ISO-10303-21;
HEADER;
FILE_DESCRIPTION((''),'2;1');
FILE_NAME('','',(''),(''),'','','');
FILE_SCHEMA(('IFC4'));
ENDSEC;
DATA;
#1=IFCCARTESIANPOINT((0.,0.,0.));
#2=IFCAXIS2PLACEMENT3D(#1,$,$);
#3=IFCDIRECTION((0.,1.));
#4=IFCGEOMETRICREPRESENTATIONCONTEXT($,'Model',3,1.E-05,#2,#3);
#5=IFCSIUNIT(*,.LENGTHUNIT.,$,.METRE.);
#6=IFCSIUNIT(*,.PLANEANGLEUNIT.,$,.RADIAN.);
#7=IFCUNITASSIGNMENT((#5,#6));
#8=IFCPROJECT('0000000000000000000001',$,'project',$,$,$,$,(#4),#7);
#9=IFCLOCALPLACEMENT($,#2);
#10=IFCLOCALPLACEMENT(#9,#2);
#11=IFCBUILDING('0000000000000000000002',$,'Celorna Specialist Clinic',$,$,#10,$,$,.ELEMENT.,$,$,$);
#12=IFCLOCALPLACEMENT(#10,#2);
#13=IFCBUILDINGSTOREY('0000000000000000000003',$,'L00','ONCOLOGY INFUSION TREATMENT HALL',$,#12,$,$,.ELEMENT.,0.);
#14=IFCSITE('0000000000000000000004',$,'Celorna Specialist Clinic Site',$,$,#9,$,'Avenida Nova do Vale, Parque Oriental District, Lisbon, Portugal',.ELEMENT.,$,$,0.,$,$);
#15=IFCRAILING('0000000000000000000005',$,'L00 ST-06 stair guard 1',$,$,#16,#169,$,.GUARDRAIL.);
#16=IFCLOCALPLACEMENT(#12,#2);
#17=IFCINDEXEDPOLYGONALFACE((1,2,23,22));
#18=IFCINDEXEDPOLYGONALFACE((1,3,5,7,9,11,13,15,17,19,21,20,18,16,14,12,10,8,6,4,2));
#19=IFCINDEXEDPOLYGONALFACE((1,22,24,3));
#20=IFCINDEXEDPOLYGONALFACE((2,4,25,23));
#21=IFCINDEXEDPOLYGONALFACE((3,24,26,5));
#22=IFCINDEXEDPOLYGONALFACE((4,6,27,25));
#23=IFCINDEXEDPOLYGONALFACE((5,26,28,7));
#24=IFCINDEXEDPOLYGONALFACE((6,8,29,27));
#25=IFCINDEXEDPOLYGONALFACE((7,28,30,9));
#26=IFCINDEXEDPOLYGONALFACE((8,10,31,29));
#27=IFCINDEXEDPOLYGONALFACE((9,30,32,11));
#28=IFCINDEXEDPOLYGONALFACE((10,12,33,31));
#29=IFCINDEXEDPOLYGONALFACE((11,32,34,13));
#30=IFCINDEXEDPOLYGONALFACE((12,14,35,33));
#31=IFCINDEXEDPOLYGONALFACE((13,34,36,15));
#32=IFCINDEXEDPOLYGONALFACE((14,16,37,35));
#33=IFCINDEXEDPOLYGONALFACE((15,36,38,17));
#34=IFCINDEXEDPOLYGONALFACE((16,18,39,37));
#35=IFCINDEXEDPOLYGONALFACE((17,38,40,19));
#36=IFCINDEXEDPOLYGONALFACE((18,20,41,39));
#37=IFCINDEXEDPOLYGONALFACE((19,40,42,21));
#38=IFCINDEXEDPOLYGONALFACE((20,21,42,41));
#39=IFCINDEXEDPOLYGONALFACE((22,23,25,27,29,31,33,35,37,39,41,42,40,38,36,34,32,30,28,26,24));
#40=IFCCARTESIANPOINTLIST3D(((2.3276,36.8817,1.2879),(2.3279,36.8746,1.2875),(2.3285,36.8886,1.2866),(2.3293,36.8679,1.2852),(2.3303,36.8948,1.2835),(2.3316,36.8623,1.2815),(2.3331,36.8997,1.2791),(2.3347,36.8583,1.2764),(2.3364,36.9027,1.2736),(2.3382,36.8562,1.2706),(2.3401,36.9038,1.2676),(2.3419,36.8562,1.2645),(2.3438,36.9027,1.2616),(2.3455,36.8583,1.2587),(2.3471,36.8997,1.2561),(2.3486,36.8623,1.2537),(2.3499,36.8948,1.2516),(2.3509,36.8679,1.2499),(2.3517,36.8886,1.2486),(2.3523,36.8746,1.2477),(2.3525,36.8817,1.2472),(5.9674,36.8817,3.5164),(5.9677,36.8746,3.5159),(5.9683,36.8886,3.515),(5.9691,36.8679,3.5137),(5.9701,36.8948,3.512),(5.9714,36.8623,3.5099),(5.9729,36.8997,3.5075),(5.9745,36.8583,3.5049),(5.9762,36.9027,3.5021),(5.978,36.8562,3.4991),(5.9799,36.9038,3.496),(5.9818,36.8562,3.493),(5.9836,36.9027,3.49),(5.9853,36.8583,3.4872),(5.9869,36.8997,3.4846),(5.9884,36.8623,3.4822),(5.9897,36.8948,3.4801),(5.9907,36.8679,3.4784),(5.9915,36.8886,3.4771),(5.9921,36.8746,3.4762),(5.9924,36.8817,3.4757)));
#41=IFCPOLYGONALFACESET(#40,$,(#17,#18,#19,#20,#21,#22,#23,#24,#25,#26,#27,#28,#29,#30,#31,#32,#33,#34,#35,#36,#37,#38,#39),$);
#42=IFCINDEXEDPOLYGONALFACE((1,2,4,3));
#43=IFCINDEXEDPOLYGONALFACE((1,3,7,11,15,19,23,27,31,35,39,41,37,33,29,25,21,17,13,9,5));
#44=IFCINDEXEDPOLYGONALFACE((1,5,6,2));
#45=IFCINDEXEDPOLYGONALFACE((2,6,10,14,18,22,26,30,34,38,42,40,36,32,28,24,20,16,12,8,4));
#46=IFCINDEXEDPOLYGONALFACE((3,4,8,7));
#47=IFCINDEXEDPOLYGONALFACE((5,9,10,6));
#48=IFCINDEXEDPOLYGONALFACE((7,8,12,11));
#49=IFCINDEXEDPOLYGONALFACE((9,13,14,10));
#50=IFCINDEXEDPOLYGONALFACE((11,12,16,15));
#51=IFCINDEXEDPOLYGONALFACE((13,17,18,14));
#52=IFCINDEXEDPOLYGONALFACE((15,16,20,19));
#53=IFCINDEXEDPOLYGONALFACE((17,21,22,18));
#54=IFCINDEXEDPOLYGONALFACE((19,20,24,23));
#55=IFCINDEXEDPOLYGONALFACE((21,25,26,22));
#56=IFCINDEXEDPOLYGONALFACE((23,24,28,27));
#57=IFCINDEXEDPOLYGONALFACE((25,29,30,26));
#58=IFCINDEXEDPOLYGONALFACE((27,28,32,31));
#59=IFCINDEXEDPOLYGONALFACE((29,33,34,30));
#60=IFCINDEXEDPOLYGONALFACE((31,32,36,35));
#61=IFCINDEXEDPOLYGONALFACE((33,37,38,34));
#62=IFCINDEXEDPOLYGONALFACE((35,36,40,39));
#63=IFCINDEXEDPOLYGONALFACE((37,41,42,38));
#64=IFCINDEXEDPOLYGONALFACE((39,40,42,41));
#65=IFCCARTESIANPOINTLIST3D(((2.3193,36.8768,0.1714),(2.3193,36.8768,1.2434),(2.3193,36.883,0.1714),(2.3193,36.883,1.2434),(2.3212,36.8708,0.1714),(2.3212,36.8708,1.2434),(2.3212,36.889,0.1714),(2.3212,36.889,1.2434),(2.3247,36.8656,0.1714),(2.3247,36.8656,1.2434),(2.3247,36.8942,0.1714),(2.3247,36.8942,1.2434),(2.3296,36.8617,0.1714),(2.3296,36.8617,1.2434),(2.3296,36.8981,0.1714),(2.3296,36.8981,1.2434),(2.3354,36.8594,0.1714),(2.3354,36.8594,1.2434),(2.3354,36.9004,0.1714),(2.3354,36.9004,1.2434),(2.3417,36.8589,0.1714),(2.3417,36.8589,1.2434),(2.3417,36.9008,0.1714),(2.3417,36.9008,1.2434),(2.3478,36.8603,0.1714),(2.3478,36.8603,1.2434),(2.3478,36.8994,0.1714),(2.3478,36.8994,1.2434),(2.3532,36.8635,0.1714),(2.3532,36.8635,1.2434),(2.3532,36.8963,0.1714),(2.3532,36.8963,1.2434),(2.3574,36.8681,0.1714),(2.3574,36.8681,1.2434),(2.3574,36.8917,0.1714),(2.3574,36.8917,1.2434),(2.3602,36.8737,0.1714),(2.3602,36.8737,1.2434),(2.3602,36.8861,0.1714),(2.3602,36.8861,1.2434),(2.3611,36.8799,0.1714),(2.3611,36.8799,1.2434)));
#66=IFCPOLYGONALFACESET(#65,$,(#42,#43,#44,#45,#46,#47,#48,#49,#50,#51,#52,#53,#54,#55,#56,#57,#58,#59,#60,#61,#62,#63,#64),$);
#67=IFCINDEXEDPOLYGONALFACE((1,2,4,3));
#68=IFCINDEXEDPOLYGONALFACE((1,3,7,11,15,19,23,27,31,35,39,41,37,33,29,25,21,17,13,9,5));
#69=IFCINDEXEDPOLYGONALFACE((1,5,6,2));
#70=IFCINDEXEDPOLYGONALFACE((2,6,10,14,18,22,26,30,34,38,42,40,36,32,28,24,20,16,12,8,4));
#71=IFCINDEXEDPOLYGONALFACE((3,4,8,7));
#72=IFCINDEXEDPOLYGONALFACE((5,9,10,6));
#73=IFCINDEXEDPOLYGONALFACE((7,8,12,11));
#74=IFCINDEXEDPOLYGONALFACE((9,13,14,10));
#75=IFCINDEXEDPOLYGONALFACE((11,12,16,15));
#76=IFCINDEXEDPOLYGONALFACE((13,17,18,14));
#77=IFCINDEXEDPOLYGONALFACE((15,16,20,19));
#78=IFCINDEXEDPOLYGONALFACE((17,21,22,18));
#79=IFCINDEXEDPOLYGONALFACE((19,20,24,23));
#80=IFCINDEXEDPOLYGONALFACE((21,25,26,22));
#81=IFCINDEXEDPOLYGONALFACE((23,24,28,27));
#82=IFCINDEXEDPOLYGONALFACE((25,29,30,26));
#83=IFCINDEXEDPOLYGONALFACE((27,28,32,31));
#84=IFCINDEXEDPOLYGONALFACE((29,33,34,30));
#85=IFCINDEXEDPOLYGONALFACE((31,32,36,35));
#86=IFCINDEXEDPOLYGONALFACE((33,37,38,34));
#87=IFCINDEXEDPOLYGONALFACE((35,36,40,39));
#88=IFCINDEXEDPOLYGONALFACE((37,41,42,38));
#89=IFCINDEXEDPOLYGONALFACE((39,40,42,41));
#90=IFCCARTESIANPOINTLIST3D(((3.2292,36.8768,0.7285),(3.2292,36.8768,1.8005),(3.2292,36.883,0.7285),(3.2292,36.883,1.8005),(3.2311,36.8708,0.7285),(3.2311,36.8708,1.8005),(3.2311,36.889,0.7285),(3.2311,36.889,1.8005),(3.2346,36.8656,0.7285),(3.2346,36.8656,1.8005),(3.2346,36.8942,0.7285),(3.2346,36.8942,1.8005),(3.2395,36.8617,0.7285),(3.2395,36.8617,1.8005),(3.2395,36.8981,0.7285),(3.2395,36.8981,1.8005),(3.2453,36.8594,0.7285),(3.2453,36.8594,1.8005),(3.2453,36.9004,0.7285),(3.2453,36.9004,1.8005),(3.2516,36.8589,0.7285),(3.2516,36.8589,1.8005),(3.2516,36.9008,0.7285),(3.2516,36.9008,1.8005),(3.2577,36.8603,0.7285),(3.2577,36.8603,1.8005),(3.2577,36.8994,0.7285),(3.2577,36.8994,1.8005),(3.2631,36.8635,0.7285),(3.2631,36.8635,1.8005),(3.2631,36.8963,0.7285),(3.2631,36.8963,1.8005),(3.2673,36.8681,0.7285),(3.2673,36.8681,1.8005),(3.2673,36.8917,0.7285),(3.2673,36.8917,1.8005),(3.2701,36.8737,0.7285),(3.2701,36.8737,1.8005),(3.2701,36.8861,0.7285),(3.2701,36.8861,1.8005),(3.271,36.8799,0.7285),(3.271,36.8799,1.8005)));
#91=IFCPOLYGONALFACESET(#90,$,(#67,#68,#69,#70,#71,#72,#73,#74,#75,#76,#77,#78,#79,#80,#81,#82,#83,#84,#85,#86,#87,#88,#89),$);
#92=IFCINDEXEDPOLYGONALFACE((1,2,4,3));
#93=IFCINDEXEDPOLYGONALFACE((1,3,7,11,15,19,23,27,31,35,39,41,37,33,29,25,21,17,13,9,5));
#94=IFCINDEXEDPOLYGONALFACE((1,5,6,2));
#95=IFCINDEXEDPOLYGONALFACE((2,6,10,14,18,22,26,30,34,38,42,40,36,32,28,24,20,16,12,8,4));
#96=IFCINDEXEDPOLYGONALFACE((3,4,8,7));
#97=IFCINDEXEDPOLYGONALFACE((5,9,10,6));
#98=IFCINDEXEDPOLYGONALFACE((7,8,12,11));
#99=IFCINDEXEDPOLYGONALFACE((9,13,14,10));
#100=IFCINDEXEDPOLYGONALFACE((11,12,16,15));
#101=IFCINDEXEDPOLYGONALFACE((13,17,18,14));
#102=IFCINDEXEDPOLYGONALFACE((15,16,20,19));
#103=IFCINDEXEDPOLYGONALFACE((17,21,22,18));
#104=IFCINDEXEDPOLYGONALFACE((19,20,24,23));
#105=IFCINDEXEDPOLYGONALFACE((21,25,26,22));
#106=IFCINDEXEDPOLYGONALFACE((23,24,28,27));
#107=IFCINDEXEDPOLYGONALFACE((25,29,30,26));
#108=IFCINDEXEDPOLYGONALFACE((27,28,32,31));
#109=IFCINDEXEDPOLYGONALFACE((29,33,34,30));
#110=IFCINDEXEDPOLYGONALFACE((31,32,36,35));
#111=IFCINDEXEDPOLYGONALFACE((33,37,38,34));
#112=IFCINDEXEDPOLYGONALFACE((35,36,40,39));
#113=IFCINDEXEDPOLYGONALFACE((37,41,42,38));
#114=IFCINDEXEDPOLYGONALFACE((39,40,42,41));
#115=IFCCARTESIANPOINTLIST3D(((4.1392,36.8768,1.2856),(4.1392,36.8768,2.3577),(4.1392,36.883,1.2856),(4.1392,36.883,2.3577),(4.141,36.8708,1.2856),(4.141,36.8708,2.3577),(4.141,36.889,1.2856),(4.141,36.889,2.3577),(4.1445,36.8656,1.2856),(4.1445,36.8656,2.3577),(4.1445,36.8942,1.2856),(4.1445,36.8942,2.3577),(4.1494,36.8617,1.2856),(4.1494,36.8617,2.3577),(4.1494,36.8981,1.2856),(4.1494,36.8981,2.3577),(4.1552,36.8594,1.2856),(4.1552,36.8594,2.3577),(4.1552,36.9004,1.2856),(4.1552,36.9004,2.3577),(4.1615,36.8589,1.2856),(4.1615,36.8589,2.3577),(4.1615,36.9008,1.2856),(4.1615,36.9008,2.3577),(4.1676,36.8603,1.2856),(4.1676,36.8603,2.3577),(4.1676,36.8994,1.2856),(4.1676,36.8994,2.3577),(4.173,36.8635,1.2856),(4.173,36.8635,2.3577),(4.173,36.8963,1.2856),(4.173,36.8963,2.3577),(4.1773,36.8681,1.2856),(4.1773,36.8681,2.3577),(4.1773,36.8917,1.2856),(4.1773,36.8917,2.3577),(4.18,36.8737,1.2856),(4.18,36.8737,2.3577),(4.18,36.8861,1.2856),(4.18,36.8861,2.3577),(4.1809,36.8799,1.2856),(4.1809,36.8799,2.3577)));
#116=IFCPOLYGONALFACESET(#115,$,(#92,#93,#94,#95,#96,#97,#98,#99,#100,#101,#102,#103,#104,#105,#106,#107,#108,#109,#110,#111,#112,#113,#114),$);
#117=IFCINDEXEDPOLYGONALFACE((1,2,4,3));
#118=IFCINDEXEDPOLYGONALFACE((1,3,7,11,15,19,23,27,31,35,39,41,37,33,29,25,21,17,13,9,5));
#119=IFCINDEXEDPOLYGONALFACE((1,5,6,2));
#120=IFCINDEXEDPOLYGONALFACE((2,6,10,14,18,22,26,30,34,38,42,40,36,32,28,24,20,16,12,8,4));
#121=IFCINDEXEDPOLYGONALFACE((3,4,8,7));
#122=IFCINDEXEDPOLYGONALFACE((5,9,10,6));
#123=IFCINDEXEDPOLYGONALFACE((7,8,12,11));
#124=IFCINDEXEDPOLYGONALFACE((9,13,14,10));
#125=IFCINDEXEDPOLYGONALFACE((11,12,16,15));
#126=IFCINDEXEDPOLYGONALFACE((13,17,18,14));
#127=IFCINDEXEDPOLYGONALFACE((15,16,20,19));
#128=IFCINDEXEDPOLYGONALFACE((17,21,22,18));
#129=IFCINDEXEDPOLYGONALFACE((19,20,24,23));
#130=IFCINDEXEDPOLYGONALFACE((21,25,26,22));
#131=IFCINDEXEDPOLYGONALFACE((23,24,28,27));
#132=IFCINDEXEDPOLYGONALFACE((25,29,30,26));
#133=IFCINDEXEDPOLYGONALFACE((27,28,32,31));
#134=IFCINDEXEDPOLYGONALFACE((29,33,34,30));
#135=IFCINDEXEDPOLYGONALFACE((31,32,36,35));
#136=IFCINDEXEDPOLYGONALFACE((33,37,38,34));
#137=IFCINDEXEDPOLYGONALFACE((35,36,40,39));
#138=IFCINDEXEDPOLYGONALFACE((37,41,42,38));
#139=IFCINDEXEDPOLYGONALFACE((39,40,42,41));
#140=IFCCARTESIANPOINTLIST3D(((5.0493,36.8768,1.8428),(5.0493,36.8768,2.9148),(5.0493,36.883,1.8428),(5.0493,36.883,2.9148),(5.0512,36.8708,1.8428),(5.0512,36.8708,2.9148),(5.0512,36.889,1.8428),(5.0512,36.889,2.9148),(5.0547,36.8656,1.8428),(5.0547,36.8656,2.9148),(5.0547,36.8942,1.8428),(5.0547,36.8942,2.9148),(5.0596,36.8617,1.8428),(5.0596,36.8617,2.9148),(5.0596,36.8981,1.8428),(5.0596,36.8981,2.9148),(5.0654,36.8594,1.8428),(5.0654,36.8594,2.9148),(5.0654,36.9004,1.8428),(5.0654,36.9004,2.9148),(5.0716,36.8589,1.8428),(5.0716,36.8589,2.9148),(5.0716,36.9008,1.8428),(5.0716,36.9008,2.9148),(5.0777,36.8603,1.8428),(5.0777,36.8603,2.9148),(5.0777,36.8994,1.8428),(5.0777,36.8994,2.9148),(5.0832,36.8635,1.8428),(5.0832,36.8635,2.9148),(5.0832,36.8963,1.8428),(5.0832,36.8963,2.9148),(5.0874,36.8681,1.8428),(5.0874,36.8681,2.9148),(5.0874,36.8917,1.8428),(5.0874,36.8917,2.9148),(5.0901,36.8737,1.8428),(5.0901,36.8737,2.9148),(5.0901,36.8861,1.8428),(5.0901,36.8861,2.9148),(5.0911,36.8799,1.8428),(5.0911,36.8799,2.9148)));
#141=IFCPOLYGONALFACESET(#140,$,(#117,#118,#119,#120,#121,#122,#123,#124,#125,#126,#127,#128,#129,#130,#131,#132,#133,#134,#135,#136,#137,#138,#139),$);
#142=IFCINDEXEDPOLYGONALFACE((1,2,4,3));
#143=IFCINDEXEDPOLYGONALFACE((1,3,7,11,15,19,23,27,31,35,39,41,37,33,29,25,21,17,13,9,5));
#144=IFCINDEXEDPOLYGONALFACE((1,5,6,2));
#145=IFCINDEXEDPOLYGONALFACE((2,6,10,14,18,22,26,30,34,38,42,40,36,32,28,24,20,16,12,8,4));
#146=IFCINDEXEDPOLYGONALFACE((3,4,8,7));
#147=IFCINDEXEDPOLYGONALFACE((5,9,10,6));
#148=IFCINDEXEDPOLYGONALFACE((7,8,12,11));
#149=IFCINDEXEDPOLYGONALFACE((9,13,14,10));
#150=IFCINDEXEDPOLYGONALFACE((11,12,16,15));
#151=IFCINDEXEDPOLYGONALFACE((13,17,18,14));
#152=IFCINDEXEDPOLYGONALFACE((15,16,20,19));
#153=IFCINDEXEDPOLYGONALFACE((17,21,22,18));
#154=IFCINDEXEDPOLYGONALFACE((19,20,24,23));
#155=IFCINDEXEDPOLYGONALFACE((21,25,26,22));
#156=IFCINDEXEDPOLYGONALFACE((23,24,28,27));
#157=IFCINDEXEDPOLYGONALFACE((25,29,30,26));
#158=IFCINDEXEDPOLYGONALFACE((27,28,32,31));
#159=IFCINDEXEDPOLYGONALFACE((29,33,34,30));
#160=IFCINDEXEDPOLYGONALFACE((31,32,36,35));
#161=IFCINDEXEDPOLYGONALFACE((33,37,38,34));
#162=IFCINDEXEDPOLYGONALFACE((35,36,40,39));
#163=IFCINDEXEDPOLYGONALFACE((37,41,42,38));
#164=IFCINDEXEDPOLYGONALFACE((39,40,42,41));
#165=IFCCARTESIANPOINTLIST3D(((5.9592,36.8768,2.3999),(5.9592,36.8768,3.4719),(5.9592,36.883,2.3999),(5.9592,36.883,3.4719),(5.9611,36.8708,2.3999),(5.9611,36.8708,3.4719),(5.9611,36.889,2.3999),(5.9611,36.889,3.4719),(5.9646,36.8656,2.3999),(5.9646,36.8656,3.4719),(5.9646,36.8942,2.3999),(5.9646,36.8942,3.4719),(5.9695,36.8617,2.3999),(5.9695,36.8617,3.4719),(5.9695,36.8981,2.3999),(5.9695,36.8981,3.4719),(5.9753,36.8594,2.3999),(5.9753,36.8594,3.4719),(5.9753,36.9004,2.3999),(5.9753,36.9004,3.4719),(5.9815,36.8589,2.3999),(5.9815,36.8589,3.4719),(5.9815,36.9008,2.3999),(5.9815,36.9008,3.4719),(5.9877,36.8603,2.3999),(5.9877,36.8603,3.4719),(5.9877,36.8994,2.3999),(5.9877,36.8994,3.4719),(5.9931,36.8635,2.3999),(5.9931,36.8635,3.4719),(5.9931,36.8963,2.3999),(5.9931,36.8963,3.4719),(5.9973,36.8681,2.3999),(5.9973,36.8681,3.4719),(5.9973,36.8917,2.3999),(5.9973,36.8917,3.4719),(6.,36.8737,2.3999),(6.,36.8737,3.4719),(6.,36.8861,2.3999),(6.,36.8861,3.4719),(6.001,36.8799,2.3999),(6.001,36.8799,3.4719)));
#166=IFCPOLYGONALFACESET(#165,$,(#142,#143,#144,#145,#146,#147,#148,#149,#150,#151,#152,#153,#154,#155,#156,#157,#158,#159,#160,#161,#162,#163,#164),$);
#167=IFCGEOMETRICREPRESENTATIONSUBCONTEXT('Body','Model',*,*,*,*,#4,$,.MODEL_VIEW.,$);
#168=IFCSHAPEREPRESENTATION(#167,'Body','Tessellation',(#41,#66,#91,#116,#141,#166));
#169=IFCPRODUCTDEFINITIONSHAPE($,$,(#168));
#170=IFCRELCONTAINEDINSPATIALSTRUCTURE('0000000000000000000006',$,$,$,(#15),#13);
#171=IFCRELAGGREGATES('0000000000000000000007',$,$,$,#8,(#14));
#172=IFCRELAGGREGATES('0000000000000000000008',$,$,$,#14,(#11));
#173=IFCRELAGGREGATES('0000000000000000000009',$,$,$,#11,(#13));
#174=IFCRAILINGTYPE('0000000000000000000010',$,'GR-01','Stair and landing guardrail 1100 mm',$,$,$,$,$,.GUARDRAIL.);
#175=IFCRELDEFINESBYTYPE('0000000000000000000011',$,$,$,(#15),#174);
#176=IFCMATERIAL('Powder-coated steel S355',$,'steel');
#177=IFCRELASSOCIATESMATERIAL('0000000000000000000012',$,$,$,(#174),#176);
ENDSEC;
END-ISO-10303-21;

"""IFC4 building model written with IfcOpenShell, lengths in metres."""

from ifc_helpers import new_model, si_unit, direction, frame, origin, origin_2d, place, context, subcontext, project, spatial, circle, extrude, material, type_object, element, save


model = new_model("IFC4")

# Units and contexts
model_context = context("Model", 3, precision=1e-05, world=origin(), true_north=direction((0.0, 1.0)))
body_context = subcontext(model_context, "Body", "Model", "MODEL_VIEW")
ifc_project = project(units=[si_unit("LENGTHUNIT", "METRE"), si_unit("PLANEANGLEUNIT", "RADIAN")], contexts=[model_context])

# Site, building, storey
site_placement = place(None, origin())
site = spatial("IfcSite", under=ifc_project, at=site_placement, Name="Celorna Specialist Clinic Site", LongName="Avenida Nova do Vale, Parque Oriental District, Lisbon, Portugal", CompositionType="ELEMENT", RefElevation=0.0)
building_placement = place(site_placement, origin())
building = spatial("IfcBuilding", under=site, at=building_placement, Name="Celorna Specialist Clinic", CompositionType="ELEMENT")
storey_placement = place(building_placement, origin())
storey = spatial("IfcBuildingStorey", under=building, at=storey_placement, Name="L00", Description="ONCOLOGY INFUSION TREATMENT HALL", CompositionType="ELEMENT", Elevation=0.0)

# Railing
ifc_material_1 = material(Name="Powder-coated steel S355", Category="steel")
railing_type_1 = type_object("IfcRailingType", Name="GR-01", Description="Stair and landing guardrail 1100 mm", PredefinedType="GUARDRAIL", material=ifc_material_1)
railing_1_placement = place(storey_placement, frame((2.3401, 36.8799, 0.1714)))
element("IfcRailing", 1, at=railing_1_placement, inside=storey, type_object=railing_type_1, Name="L00 ST-06 stair guard 1", PredefinedType="GUARDRAIL", context=body_context, shape_type="SweptSolid", body=[
    extrude(circle(Radius=0.0239, at=origin_2d()), frame((0.0, 0.0, 1.0962), z_axis=(0.85285, 0.0, 0.522156), x_axis=(0.0, 1.0, 0.0)), (0.0, 0.0, 1.0), 4.2678),
    extrude(circle(Radius=0.021, at=origin_2d()), origin(), (0.0, 0.0, 1.0), 1.072),
    extrude(circle(Radius=0.021, at=origin_2d()), frame((0.9099, 0.0, 0.5571)), (0.0, 0.0, 1.0), 1.072),
    extrude(circle(Radius=0.021, at=origin_2d()), frame((1.8198, 0.0, 1.1143)), (0.0, 0.0, 1.0), 1.072),
    extrude(circle(Radius=0.021, at=origin_2d()), frame((2.73, 0.0, 1.6714)), (0.0, 0.0, 1.0), 1.072),
    extrude(circle(Radius=0.021, at=origin_2d()), frame((3.6399, 0.0, 2.2285)), (0.0, 0.0, 1.0), 1.072),
])

save(model, "model.ifc")
